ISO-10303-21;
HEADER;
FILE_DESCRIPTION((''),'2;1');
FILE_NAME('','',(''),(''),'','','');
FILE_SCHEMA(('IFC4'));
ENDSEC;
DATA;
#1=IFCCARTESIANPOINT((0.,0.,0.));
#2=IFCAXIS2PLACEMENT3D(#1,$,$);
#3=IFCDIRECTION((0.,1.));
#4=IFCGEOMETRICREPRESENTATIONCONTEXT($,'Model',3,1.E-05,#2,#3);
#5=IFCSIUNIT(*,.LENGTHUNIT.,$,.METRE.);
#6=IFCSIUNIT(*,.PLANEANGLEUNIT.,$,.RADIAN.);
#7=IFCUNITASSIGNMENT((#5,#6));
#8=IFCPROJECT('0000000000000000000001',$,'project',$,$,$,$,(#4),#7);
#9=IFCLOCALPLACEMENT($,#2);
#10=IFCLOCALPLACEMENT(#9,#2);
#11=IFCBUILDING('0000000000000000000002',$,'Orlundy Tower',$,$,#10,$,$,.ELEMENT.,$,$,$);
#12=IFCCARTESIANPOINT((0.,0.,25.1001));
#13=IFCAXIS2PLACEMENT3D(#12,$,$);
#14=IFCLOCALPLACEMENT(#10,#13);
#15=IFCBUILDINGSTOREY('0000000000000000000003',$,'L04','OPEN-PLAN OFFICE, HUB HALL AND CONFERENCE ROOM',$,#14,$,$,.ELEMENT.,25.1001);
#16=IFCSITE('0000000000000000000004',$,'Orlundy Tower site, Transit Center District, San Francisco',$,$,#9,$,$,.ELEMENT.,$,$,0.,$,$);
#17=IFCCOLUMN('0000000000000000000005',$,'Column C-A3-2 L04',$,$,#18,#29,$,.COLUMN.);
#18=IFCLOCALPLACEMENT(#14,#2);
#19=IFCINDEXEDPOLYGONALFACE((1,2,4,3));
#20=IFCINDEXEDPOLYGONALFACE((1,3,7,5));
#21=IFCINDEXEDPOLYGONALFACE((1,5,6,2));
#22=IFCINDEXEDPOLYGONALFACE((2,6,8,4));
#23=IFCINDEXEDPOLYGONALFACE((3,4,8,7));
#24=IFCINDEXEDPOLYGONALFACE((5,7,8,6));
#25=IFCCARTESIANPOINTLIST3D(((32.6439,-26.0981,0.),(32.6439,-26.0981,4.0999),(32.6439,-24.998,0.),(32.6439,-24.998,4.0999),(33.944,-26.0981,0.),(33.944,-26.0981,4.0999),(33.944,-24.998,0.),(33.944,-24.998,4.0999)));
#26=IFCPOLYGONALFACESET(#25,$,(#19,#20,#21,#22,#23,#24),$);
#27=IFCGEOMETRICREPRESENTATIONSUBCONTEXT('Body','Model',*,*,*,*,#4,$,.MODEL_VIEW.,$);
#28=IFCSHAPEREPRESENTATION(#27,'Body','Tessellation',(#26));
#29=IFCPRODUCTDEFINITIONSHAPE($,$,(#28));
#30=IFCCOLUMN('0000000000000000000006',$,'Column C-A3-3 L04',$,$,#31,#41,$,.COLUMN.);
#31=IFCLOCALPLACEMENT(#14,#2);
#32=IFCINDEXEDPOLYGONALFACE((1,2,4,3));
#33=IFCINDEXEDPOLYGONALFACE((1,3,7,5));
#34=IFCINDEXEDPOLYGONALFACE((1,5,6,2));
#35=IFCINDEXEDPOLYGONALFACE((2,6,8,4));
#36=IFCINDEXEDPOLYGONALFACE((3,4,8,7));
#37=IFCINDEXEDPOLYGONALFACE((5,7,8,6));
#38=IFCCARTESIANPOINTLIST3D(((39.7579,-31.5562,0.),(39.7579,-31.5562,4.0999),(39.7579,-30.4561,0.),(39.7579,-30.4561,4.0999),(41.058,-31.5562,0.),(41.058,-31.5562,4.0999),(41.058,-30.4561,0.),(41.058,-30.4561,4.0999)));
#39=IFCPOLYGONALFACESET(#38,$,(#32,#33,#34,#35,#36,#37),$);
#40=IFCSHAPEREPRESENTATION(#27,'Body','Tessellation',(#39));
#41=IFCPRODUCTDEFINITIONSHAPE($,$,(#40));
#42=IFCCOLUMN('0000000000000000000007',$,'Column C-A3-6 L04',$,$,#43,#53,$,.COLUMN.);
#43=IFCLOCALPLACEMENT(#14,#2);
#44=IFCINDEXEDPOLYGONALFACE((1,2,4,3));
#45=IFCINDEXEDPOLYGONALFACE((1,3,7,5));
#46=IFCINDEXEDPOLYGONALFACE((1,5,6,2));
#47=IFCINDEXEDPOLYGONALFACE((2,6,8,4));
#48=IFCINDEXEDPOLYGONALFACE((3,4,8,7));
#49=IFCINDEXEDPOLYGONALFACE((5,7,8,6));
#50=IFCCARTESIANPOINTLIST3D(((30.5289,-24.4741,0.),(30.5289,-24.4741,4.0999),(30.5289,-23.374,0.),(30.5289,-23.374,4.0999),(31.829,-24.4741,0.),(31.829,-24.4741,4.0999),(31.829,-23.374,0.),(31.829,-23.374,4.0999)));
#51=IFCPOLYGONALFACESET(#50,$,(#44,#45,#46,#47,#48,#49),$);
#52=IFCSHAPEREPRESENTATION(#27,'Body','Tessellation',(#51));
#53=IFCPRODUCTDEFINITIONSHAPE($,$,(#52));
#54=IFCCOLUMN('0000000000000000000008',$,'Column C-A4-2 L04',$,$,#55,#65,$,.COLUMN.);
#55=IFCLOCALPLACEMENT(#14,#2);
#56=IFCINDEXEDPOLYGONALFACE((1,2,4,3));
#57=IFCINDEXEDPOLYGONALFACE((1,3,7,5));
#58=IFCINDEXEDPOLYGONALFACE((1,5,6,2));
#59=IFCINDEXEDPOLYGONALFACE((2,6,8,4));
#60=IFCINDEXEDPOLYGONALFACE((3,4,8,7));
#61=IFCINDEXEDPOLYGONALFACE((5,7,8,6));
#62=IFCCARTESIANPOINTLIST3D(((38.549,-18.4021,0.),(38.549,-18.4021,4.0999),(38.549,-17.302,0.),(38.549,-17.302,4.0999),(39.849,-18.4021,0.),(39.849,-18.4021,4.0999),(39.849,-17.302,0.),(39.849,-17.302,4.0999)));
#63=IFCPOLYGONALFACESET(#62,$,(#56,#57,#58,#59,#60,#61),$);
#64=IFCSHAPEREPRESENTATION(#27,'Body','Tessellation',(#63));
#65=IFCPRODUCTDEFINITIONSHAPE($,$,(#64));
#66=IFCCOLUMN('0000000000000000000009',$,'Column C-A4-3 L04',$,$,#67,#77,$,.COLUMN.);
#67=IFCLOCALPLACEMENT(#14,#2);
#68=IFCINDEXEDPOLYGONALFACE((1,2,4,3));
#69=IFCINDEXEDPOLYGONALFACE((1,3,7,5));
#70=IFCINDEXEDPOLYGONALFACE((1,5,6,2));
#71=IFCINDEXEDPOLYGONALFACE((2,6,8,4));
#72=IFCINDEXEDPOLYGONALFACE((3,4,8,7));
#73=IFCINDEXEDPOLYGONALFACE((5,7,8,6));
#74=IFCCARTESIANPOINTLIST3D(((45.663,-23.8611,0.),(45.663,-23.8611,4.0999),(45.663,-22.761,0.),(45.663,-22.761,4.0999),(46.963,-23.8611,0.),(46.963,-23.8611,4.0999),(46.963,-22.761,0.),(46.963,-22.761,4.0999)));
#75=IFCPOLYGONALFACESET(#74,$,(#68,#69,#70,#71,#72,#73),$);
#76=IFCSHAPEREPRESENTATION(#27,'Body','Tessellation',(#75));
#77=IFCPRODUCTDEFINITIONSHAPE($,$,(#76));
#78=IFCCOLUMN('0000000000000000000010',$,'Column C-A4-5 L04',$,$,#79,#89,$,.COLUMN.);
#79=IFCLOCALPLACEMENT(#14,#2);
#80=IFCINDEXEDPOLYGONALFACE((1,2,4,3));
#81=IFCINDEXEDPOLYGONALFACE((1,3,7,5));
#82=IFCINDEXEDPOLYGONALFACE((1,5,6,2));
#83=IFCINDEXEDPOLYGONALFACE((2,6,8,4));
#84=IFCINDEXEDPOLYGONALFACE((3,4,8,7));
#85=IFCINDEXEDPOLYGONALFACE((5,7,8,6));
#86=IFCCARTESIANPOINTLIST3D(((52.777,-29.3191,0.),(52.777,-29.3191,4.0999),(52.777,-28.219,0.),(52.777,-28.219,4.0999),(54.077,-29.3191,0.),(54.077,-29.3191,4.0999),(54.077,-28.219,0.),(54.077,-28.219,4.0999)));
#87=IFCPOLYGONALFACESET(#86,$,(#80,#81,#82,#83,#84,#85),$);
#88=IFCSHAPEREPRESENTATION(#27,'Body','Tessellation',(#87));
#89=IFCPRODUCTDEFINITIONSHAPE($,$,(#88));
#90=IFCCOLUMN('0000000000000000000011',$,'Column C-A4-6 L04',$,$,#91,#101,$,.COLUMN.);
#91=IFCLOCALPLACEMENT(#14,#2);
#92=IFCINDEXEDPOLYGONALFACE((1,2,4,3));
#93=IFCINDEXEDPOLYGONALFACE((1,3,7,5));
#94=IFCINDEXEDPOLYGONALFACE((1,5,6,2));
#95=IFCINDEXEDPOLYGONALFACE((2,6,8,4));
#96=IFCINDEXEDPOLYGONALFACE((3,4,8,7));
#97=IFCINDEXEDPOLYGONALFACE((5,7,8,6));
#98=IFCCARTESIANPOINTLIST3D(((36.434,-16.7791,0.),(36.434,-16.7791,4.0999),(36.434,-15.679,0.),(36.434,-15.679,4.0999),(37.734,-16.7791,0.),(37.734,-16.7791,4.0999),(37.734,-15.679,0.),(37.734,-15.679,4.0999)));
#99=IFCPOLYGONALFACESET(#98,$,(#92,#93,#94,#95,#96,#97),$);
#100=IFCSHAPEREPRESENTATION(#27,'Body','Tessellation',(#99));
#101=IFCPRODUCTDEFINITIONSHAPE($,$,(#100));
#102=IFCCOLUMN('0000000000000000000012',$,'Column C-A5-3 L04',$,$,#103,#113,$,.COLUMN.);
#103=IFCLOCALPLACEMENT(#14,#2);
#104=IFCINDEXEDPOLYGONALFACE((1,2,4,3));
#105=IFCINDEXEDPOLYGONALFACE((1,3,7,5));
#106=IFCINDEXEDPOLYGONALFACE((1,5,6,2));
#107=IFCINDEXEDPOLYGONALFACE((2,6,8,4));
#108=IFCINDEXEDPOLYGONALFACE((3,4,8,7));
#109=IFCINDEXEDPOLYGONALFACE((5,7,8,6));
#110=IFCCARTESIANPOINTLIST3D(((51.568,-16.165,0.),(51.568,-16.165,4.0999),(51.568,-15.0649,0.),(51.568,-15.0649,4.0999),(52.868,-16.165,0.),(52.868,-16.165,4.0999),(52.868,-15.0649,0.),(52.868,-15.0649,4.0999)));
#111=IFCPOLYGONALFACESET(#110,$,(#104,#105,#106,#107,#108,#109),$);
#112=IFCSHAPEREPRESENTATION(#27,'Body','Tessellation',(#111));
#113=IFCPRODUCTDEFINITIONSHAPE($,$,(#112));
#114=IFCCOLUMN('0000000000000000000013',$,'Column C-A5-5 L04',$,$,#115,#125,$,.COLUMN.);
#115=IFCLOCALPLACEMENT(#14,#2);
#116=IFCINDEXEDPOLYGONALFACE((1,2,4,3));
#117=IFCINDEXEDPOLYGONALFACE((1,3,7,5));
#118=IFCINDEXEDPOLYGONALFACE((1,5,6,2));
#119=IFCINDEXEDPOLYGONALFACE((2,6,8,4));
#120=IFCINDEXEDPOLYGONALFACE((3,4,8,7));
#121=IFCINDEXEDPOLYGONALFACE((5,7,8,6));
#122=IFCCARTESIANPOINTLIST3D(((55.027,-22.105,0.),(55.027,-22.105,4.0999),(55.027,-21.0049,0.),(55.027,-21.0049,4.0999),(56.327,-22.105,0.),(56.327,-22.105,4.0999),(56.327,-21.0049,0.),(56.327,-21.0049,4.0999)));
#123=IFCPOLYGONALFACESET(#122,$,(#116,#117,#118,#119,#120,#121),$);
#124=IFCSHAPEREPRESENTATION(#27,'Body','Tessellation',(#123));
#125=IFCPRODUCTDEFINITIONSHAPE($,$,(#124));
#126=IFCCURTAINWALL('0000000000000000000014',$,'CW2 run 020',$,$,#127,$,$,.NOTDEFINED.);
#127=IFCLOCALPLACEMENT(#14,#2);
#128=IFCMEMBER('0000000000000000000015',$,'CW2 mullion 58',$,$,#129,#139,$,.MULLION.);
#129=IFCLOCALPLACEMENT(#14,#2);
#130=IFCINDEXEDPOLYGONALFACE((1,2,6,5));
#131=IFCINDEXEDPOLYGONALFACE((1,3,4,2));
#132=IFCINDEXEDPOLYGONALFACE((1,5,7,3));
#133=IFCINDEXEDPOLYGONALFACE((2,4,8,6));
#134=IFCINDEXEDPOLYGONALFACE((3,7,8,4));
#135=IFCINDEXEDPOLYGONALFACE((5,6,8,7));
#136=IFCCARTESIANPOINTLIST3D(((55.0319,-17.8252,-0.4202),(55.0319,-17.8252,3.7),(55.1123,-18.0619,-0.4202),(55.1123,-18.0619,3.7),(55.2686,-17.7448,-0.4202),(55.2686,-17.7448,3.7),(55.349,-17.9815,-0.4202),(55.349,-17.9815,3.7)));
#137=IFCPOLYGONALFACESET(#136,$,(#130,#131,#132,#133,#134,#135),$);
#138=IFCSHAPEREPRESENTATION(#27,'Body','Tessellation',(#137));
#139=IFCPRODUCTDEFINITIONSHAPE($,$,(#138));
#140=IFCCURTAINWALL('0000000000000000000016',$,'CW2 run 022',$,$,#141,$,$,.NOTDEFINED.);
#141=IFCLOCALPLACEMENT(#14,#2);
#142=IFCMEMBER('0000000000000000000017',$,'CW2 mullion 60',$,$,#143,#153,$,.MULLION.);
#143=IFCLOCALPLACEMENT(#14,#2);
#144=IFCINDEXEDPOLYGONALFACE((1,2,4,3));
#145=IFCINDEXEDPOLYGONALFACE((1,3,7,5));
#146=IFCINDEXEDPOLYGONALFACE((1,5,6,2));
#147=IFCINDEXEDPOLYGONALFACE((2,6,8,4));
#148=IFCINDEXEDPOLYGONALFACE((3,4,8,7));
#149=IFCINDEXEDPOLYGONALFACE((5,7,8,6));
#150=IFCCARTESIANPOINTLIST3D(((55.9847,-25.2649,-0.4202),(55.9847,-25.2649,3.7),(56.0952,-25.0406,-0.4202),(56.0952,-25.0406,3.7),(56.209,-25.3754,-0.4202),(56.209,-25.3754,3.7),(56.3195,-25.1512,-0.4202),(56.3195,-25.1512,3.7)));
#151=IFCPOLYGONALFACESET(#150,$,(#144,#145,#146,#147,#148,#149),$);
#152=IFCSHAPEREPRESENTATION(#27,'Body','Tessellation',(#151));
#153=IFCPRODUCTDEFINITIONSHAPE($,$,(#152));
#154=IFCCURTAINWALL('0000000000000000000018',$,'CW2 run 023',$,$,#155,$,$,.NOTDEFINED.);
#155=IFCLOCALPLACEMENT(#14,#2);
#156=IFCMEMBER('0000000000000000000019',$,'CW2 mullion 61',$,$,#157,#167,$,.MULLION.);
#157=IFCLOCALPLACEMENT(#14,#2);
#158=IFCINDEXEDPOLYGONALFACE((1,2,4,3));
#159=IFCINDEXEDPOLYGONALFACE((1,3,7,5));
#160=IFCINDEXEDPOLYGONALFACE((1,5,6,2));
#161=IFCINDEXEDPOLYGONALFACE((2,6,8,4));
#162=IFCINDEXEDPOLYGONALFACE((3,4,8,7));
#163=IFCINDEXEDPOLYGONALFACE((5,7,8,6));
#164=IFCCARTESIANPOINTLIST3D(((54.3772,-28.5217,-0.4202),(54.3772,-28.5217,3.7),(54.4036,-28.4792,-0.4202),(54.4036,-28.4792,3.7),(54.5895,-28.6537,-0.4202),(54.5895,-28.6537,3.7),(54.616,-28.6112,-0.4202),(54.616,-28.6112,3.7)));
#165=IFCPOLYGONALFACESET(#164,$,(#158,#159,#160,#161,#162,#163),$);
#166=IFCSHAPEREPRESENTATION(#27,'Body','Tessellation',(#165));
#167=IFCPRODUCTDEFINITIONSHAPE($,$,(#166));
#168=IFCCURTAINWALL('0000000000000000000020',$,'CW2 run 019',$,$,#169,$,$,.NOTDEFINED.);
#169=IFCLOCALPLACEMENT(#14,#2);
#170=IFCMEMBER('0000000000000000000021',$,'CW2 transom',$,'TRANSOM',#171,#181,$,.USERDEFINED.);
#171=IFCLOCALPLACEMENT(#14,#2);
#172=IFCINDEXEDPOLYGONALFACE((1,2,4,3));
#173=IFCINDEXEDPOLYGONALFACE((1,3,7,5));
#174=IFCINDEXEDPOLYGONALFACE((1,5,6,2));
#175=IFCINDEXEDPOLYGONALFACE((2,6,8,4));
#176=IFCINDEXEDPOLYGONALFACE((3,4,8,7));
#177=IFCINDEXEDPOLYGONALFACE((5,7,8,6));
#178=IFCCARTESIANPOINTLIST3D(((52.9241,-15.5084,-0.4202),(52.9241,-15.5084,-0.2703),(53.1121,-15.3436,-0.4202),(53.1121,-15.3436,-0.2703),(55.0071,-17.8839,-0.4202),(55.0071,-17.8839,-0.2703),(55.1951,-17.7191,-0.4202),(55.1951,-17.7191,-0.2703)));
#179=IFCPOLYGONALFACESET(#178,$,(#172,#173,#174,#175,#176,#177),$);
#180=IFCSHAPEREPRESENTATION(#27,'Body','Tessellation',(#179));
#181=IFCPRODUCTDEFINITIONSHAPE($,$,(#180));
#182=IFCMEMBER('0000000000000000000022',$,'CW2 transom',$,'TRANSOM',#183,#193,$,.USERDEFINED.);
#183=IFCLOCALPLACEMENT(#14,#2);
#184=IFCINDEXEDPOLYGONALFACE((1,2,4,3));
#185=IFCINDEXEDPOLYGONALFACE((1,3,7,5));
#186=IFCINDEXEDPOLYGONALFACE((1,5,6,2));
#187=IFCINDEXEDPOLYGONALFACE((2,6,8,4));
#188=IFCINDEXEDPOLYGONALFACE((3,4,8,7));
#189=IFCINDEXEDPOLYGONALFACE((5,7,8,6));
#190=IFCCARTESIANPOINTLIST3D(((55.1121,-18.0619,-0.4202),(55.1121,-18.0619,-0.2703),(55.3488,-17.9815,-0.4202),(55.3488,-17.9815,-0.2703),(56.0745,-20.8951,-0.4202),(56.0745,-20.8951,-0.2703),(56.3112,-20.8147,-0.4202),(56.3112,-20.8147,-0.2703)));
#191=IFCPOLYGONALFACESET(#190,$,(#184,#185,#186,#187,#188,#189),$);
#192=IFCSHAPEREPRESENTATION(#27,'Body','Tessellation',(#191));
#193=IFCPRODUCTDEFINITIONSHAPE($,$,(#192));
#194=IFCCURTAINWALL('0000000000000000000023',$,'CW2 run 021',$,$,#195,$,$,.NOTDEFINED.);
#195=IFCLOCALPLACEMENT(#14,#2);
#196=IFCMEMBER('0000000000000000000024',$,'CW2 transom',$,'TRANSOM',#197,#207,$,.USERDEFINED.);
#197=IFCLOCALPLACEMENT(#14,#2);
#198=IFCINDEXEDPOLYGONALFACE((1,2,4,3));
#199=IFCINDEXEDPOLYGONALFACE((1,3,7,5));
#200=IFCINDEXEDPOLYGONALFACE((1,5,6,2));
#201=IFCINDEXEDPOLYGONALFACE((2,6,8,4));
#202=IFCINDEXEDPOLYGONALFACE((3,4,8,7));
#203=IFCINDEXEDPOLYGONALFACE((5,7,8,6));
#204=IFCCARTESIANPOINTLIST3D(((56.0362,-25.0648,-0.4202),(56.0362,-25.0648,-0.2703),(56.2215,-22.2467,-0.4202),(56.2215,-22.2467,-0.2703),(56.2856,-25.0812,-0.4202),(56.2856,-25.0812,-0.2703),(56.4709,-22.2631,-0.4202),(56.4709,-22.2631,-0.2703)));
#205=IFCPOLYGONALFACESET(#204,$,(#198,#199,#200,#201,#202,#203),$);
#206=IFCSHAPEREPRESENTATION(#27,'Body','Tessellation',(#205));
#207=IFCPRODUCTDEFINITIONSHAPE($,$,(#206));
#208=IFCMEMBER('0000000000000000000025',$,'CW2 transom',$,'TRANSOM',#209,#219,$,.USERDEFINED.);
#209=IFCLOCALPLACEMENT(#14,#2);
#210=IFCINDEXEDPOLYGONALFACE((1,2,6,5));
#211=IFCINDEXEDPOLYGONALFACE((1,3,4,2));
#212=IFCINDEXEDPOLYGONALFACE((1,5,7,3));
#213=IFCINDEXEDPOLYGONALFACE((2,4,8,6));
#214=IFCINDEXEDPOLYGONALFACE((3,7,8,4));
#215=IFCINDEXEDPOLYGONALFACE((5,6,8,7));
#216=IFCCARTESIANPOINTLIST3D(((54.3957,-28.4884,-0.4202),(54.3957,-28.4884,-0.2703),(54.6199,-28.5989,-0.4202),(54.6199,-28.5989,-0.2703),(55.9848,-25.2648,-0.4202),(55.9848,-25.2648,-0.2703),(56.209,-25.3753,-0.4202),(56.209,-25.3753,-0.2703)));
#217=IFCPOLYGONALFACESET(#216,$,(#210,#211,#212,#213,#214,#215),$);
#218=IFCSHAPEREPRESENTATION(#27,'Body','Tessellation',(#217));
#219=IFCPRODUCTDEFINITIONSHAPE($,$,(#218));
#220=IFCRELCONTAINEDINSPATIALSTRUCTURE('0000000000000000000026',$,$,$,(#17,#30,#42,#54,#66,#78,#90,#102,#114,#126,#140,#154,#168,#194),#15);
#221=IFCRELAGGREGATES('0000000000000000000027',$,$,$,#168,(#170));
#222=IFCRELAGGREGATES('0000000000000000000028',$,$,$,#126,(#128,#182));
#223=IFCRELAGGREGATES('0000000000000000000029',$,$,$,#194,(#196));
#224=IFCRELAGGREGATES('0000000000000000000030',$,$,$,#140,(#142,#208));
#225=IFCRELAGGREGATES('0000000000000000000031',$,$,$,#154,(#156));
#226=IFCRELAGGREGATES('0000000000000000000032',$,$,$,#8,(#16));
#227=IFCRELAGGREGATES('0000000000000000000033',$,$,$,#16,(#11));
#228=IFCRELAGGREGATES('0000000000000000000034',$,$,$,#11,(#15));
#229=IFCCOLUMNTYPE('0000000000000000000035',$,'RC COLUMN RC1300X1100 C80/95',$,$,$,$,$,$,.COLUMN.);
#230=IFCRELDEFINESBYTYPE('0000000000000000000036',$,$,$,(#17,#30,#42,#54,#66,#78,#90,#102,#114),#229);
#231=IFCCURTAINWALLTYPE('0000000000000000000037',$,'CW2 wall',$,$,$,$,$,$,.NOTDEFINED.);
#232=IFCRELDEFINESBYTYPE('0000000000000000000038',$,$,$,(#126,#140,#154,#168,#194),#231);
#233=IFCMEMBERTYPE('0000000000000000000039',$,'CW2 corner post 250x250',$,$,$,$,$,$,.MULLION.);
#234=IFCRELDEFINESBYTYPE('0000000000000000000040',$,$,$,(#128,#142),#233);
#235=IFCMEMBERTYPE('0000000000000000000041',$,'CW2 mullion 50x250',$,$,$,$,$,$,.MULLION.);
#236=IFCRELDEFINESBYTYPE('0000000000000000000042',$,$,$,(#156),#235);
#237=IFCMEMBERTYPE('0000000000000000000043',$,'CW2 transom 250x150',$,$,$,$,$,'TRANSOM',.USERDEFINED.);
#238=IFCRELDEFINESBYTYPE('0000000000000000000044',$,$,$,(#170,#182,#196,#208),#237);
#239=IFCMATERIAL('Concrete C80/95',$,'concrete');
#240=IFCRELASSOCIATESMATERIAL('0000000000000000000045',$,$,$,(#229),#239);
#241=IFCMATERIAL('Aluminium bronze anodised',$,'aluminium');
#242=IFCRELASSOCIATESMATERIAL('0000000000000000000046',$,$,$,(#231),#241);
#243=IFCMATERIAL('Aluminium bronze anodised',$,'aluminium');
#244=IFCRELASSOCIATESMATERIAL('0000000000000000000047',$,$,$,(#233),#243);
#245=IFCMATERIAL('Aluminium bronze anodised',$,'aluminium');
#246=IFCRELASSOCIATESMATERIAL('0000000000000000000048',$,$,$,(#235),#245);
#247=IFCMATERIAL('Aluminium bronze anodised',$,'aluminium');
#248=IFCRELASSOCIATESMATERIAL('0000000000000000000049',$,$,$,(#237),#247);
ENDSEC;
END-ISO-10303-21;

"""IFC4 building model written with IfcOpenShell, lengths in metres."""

from ifc_helpers import new_model, si_unit, direction, frame, origin, origin_2d, place, context, subcontext, project, spatial, rectangle, extrude, material, material_profile, profile_set, type_object, element, aggregate, save


model = new_model("IFC4")

# Units and contexts
model_context = context("Model", 3, precision=1e-05, world=origin(), true_north=direction((0.0, 1.0)))
body_context = subcontext(model_context, "Body", "Model", "MODEL_VIEW")
ifc_project = project(units=[si_unit("LENGTHUNIT", "METRE"), si_unit("PLANEANGLEUNIT", "RADIAN")], contexts=[model_context])

# Site, building, storey
site_placement = place(None, origin())
site = spatial("IfcSite", under=ifc_project, at=site_placement, Name="Orlundy Tower site, Transit Center District, San Francisco", CompositionType="ELEMENT", RefElevation=0.0)
building_placement = place(site_placement, origin())
building = spatial("IfcBuilding", under=site, at=building_placement, Name="Orlundy Tower", CompositionType="ELEMENT")
storey_placement = place(building_placement, frame((0.0, 0.0, 25.1001)))
storey = spatial("IfcBuildingStorey", under=building, at=storey_placement, Name="L04", Description="OPEN-PLAN OFFICE, HUB HALL AND CONFERENCE ROOM", CompositionType="ELEMENT", Elevation=25.1001)

# Columns
ifc_material_1 = material(Name="Concrete C80/95", Category="concrete")
ifc_material_profile_1 = material_profile(ifc_material_1, rectangle(XDim=1.3, YDim=1.1001, at=origin_2d()), Name="RC1300X1100")
ifc_profile_set_1 = profile_set([ifc_material_profile_1], Name="Concrete C80/95")
column_type = type_object("IfcColumnType", Name="RC COLUMN RC1300X1100 C80/95", PredefinedType="COLUMN", material=ifc_profile_set_1)
for number, where, z_axis, x_axis, name in (
    (1, (33.2939, -25.5481, 0.0), (0.0, 0.0, 1.0), (1.0, 0.0, 0.0), "Column C-A3-2 L04"),
    (2, (40.408, -31.0061, 0.0), (0.0, 0.0, 1.0), (1.0, 0.0, 0.0), "Column C-A3-3 L04"),
    (3, (31.179, -23.9241, 0.0), (0.0, 0.0, 1.0), (1.0, 0.0, 0.0), "Column C-A3-6 L04"),
    (4, (39.199, -17.8521, 0.0), (0.0, 0.0, 1.0), (1.0, 0.0, 0.0), "Column C-A4-2 L04"),
    (5, (46.313, -23.311, 0.0), (0.0, 0.0, 1.0), (1.0, 0.0, 0.0), "Column C-A4-3 L04"),
    (6, (53.427, -28.769, 0.0), (0.0, 0.0, 1.0), (1.0, 0.0, 0.0), "Column C-A4-5 L04"),
    (7, (37.084, -16.229, 0.0), (0.0, 0.0, 1.0), (1.0, 0.0, 0.0), "Column C-A4-6 L04"),
    (8, (52.218, -15.615, 0.0), (0.0, 0.0, 1.0), (1.0, 0.0, 0.0), "Column C-A5-3 L04"),
    (9, (55.677, -21.5549, 0.0), (0.0, 0.0, 1.0), (1.0, 0.0, 0.0), "Column C-A5-5 L04"),
):
    element("IfcColumn", number, at=place(storey_placement, frame(where, z_axis=z_axis, x_axis=x_axis)), inside=storey, type_object=column_type, Name=name, PredefinedType="COLUMN", context=body_context, shape_type="SweptSolid", body=[
        extrude(rectangle(XDim=1.3, YDim=1.1001, at=origin_2d()), origin(), (0.0, 0.0, 1.0), 4.0999),
    ])

# Curtain walls, members
ifc_material_2 = material(Name="Aluminium bronze anodised", Category="aluminium")
curtain_wall_type = type_object("IfcCurtainWallType", Name="CW2 wall", PredefinedType="NOTDEFINED", material=ifc_material_2)
curtain_wall_1_placement = place(storey_placement, origin())
curtain_wall_1 = element("IfcCurtainWall", 10, at=curtain_wall_1_placement, inside=storey, type_object=curtain_wall_type, Name="CW2 run 020", PredefinedType="NOTDEFINED")
ifc_material_3 = material(Name="Aluminium bronze anodised", Category="aluminium")
ifc_material_profile_2 = material_profile(ifc_material_3, rectangle(XDim=0.25, YDim=0.25, at=origin_2d()), Name="CW2 corner post 250x250")
ifc_profile_set_2 = profile_set([ifc_material_profile_2], Name="Aluminium bronze anodised")
member_type_1 = type_object("IfcMemberType", Name="CW2 corner post 250x250", PredefinedType="MULLION", material=ifc_profile_set_2)
member_1_placement = place(storey_placement, frame((55.1904, -17.9033, -0.4202), z_axis=(0.0, 0.0, 1.0), x_axis=(0.946888, 0.321564, 0.0)))
member_1 = element("IfcMember", 11, at=member_1_placement, type_object=member_type_1, Name="CW2 mullion 58", PredefinedType="MULLION", context=body_context, shape_type="SweptSolid", body=[
    extrude(rectangle(XDim=0.25, YDim=0.25, at=origin_2d()), origin(), (0.0, 0.0, 1.0), 4.1201),
])
curtain_wall_2_placement = place(storey_placement, origin())
curtain_wall_2 = element("IfcCurtainWall", 12, at=curtain_wall_2_placement, inside=storey, type_object=curtain_wall_type, Name="CW2 run 022", PredefinedType="NOTDEFINED")
member_2_placement = place(storey_placement, frame((56.1521, -25.208, -0.4202), z_axis=(0.0, 0.0, 1.0), x_axis=(0.896949, -0.442135, 0.0)))
member_2 = element("IfcMember", 13, at=member_2_placement, type_object=member_type_1, Name="CW2 mullion 60", PredefinedType="MULLION", context=body_context, shape_type="SweptSolid", body=[
    extrude(rectangle(XDim=0.25, YDim=0.25, at=origin_2d()), origin(), (0.0, 0.0, 1.0), 4.1201),
])
curtain_wall_3_placement = place(storey_placement, origin())
curtain_wall_3 = element("IfcCurtainWall", 14, at=curtain_wall_3_placement, inside=storey, type_object=curtain_wall_type, Name="CW2 run 023", PredefinedType="NOTDEFINED")
ifc_material_4 = material(Name="Aluminium bronze anodised", Category="aluminium")
ifc_material_profile_3 = material_profile(ifc_material_4, rectangle(XDim=0.25, YDim=0.05, at=origin_2d()), Name="CW2 mullion 50x250")
ifc_profile_set_3 = profile_set([ifc_material_profile_3], Name="Aluminium bronze anodised")
member_type_2 = type_object("IfcMemberType", Name="CW2 mullion 50x250", PredefinedType="MULLION", material=ifc_profile_set_3)
member_3_placement = place(storey_placement, frame((54.4966, -28.5664, -0.4202), z_axis=(0.0, 0.0, 1.0), x_axis=(0.849244, -0.528, 0.0)))
member_3 = element("IfcMember", 15, at=member_3_placement, type_object=member_type_2, Name="CW2 mullion 61", PredefinedType="MULLION", context=body_context, shape_type="SweptSolid", body=[
    extrude(rectangle(XDim=0.25, YDim=0.05, at=origin_2d()), origin(), (0.0, 0.0, 1.0), 4.1201),
])
curtain_wall_4_placement = place(storey_placement, origin())
curtain_wall_4 = element("IfcCurtainWall", 16, at=curtain_wall_4_placement, inside=storey, type_object=curtain_wall_type, Name="CW2 run 019", PredefinedType="NOTDEFINED")
ifc_material_5 = material(Name="Aluminium bronze anodised", Category="aluminium")
ifc_material_profile_4 = material_profile(ifc_material_5, rectangle(XDim=0.25, YDim=0.1499, at=origin_2d()), Name="CW2 transom 250x150")
ifc_profile_set_4 = profile_set([ifc_material_profile_4], Name="Aluminium bronze anodised")
member_type_3 = type_object("IfcMemberType", Name="CW2 transom 250x150", ElementType="TRANSOM", PredefinedType="USERDEFINED", material=ifc_profile_set_4)
member_4_placement = place(storey_placement, frame((53.0181, -15.426, -0.3452), z_axis=(0.659303, -0.751877, 0.0), x_axis=(0.751877, 0.659303, 0.0)))
member_4 = element("IfcMember", 17, at=member_4_placement, type_object=member_type_3, Name="CW2 transom", ObjectType="TRANSOM", PredefinedType="USERDEFINED", context=body_context, shape_type="SweptSolid", body=[
    extrude(rectangle(XDim=0.25, YDim=0.1499, at=origin_2d()), origin(), (0.0, 0.0, 1.0), 3.1594),
])

# Member
member_5_placement = place(storey_placement, frame((55.2305, -18.0217, -0.3452), z_axis=(0.321632, -0.946865, 0.0), x_axis=(0.946865, 0.321632, 0.0)))
member_5 = element("IfcMember", 18, at=member_5_placement, type_object=member_type_3, Name="CW2 transom", ObjectType="TRANSOM", PredefinedType="USERDEFINED", context=body_context, shape_type="SweptSolid", body=[
    extrude(rectangle(XDim=0.25, YDim=0.1499, at=origin_2d()), origin(), (0.0, 0.0, 1.0), 2.9922),
])

# Curtain wall, member
curtain_wall_5_placement = place(storey_placement, origin())
curtain_wall_5 = element("IfcCurtainWall", 19, at=curtain_wall_5_placement, inside=storey, type_object=curtain_wall_type, Name="CW2 run 021", PredefinedType="NOTDEFINED")
member_6_placement = place(storey_placement, frame((56.3462, -22.2549, -0.3452), z_axis=(-0.065612, -0.997845, 0.0), x_axis=(0.997845, -0.065612, 0.0)))
member_6 = element("IfcMember", 20, at=member_6_placement, type_object=member_type_3, Name="CW2 transom", ObjectType="TRANSOM", PredefinedType="USERDEFINED", context=body_context, shape_type="SweptSolid", body=[
    extrude(rectangle(XDim=0.25, YDim=0.1499, at=origin_2d()), origin(), (0.0, 0.0, 1.0), 2.8242),
])

# Member
member_7_placement = place(storey_placement, frame((56.0969, -25.3201, -0.3452), z_axis=(-0.442153, -0.89694, 0.0), x_axis=(0.89694, -0.442153, 0.0)))
member_7 = element("IfcMember", 21, at=member_7_placement, type_object=member_type_3, Name="CW2 transom", ObjectType="TRANSOM", PredefinedType="USERDEFINED", context=body_context, shape_type="SweptSolid", body=[
    extrude(rectangle(XDim=0.25, YDim=0.1499, at=origin_2d()), origin(), (0.0, 0.0, 1.0), 3.594),
])

aggregate(curtain_wall_4, [member_4])
aggregate(curtain_wall_1, [member_1, member_5])
aggregate(curtain_wall_5, [member_6])
aggregate(curtain_wall_2, [member_2, member_7])
aggregate(curtain_wall_3, [member_3])

save(model, "model.ifc")
